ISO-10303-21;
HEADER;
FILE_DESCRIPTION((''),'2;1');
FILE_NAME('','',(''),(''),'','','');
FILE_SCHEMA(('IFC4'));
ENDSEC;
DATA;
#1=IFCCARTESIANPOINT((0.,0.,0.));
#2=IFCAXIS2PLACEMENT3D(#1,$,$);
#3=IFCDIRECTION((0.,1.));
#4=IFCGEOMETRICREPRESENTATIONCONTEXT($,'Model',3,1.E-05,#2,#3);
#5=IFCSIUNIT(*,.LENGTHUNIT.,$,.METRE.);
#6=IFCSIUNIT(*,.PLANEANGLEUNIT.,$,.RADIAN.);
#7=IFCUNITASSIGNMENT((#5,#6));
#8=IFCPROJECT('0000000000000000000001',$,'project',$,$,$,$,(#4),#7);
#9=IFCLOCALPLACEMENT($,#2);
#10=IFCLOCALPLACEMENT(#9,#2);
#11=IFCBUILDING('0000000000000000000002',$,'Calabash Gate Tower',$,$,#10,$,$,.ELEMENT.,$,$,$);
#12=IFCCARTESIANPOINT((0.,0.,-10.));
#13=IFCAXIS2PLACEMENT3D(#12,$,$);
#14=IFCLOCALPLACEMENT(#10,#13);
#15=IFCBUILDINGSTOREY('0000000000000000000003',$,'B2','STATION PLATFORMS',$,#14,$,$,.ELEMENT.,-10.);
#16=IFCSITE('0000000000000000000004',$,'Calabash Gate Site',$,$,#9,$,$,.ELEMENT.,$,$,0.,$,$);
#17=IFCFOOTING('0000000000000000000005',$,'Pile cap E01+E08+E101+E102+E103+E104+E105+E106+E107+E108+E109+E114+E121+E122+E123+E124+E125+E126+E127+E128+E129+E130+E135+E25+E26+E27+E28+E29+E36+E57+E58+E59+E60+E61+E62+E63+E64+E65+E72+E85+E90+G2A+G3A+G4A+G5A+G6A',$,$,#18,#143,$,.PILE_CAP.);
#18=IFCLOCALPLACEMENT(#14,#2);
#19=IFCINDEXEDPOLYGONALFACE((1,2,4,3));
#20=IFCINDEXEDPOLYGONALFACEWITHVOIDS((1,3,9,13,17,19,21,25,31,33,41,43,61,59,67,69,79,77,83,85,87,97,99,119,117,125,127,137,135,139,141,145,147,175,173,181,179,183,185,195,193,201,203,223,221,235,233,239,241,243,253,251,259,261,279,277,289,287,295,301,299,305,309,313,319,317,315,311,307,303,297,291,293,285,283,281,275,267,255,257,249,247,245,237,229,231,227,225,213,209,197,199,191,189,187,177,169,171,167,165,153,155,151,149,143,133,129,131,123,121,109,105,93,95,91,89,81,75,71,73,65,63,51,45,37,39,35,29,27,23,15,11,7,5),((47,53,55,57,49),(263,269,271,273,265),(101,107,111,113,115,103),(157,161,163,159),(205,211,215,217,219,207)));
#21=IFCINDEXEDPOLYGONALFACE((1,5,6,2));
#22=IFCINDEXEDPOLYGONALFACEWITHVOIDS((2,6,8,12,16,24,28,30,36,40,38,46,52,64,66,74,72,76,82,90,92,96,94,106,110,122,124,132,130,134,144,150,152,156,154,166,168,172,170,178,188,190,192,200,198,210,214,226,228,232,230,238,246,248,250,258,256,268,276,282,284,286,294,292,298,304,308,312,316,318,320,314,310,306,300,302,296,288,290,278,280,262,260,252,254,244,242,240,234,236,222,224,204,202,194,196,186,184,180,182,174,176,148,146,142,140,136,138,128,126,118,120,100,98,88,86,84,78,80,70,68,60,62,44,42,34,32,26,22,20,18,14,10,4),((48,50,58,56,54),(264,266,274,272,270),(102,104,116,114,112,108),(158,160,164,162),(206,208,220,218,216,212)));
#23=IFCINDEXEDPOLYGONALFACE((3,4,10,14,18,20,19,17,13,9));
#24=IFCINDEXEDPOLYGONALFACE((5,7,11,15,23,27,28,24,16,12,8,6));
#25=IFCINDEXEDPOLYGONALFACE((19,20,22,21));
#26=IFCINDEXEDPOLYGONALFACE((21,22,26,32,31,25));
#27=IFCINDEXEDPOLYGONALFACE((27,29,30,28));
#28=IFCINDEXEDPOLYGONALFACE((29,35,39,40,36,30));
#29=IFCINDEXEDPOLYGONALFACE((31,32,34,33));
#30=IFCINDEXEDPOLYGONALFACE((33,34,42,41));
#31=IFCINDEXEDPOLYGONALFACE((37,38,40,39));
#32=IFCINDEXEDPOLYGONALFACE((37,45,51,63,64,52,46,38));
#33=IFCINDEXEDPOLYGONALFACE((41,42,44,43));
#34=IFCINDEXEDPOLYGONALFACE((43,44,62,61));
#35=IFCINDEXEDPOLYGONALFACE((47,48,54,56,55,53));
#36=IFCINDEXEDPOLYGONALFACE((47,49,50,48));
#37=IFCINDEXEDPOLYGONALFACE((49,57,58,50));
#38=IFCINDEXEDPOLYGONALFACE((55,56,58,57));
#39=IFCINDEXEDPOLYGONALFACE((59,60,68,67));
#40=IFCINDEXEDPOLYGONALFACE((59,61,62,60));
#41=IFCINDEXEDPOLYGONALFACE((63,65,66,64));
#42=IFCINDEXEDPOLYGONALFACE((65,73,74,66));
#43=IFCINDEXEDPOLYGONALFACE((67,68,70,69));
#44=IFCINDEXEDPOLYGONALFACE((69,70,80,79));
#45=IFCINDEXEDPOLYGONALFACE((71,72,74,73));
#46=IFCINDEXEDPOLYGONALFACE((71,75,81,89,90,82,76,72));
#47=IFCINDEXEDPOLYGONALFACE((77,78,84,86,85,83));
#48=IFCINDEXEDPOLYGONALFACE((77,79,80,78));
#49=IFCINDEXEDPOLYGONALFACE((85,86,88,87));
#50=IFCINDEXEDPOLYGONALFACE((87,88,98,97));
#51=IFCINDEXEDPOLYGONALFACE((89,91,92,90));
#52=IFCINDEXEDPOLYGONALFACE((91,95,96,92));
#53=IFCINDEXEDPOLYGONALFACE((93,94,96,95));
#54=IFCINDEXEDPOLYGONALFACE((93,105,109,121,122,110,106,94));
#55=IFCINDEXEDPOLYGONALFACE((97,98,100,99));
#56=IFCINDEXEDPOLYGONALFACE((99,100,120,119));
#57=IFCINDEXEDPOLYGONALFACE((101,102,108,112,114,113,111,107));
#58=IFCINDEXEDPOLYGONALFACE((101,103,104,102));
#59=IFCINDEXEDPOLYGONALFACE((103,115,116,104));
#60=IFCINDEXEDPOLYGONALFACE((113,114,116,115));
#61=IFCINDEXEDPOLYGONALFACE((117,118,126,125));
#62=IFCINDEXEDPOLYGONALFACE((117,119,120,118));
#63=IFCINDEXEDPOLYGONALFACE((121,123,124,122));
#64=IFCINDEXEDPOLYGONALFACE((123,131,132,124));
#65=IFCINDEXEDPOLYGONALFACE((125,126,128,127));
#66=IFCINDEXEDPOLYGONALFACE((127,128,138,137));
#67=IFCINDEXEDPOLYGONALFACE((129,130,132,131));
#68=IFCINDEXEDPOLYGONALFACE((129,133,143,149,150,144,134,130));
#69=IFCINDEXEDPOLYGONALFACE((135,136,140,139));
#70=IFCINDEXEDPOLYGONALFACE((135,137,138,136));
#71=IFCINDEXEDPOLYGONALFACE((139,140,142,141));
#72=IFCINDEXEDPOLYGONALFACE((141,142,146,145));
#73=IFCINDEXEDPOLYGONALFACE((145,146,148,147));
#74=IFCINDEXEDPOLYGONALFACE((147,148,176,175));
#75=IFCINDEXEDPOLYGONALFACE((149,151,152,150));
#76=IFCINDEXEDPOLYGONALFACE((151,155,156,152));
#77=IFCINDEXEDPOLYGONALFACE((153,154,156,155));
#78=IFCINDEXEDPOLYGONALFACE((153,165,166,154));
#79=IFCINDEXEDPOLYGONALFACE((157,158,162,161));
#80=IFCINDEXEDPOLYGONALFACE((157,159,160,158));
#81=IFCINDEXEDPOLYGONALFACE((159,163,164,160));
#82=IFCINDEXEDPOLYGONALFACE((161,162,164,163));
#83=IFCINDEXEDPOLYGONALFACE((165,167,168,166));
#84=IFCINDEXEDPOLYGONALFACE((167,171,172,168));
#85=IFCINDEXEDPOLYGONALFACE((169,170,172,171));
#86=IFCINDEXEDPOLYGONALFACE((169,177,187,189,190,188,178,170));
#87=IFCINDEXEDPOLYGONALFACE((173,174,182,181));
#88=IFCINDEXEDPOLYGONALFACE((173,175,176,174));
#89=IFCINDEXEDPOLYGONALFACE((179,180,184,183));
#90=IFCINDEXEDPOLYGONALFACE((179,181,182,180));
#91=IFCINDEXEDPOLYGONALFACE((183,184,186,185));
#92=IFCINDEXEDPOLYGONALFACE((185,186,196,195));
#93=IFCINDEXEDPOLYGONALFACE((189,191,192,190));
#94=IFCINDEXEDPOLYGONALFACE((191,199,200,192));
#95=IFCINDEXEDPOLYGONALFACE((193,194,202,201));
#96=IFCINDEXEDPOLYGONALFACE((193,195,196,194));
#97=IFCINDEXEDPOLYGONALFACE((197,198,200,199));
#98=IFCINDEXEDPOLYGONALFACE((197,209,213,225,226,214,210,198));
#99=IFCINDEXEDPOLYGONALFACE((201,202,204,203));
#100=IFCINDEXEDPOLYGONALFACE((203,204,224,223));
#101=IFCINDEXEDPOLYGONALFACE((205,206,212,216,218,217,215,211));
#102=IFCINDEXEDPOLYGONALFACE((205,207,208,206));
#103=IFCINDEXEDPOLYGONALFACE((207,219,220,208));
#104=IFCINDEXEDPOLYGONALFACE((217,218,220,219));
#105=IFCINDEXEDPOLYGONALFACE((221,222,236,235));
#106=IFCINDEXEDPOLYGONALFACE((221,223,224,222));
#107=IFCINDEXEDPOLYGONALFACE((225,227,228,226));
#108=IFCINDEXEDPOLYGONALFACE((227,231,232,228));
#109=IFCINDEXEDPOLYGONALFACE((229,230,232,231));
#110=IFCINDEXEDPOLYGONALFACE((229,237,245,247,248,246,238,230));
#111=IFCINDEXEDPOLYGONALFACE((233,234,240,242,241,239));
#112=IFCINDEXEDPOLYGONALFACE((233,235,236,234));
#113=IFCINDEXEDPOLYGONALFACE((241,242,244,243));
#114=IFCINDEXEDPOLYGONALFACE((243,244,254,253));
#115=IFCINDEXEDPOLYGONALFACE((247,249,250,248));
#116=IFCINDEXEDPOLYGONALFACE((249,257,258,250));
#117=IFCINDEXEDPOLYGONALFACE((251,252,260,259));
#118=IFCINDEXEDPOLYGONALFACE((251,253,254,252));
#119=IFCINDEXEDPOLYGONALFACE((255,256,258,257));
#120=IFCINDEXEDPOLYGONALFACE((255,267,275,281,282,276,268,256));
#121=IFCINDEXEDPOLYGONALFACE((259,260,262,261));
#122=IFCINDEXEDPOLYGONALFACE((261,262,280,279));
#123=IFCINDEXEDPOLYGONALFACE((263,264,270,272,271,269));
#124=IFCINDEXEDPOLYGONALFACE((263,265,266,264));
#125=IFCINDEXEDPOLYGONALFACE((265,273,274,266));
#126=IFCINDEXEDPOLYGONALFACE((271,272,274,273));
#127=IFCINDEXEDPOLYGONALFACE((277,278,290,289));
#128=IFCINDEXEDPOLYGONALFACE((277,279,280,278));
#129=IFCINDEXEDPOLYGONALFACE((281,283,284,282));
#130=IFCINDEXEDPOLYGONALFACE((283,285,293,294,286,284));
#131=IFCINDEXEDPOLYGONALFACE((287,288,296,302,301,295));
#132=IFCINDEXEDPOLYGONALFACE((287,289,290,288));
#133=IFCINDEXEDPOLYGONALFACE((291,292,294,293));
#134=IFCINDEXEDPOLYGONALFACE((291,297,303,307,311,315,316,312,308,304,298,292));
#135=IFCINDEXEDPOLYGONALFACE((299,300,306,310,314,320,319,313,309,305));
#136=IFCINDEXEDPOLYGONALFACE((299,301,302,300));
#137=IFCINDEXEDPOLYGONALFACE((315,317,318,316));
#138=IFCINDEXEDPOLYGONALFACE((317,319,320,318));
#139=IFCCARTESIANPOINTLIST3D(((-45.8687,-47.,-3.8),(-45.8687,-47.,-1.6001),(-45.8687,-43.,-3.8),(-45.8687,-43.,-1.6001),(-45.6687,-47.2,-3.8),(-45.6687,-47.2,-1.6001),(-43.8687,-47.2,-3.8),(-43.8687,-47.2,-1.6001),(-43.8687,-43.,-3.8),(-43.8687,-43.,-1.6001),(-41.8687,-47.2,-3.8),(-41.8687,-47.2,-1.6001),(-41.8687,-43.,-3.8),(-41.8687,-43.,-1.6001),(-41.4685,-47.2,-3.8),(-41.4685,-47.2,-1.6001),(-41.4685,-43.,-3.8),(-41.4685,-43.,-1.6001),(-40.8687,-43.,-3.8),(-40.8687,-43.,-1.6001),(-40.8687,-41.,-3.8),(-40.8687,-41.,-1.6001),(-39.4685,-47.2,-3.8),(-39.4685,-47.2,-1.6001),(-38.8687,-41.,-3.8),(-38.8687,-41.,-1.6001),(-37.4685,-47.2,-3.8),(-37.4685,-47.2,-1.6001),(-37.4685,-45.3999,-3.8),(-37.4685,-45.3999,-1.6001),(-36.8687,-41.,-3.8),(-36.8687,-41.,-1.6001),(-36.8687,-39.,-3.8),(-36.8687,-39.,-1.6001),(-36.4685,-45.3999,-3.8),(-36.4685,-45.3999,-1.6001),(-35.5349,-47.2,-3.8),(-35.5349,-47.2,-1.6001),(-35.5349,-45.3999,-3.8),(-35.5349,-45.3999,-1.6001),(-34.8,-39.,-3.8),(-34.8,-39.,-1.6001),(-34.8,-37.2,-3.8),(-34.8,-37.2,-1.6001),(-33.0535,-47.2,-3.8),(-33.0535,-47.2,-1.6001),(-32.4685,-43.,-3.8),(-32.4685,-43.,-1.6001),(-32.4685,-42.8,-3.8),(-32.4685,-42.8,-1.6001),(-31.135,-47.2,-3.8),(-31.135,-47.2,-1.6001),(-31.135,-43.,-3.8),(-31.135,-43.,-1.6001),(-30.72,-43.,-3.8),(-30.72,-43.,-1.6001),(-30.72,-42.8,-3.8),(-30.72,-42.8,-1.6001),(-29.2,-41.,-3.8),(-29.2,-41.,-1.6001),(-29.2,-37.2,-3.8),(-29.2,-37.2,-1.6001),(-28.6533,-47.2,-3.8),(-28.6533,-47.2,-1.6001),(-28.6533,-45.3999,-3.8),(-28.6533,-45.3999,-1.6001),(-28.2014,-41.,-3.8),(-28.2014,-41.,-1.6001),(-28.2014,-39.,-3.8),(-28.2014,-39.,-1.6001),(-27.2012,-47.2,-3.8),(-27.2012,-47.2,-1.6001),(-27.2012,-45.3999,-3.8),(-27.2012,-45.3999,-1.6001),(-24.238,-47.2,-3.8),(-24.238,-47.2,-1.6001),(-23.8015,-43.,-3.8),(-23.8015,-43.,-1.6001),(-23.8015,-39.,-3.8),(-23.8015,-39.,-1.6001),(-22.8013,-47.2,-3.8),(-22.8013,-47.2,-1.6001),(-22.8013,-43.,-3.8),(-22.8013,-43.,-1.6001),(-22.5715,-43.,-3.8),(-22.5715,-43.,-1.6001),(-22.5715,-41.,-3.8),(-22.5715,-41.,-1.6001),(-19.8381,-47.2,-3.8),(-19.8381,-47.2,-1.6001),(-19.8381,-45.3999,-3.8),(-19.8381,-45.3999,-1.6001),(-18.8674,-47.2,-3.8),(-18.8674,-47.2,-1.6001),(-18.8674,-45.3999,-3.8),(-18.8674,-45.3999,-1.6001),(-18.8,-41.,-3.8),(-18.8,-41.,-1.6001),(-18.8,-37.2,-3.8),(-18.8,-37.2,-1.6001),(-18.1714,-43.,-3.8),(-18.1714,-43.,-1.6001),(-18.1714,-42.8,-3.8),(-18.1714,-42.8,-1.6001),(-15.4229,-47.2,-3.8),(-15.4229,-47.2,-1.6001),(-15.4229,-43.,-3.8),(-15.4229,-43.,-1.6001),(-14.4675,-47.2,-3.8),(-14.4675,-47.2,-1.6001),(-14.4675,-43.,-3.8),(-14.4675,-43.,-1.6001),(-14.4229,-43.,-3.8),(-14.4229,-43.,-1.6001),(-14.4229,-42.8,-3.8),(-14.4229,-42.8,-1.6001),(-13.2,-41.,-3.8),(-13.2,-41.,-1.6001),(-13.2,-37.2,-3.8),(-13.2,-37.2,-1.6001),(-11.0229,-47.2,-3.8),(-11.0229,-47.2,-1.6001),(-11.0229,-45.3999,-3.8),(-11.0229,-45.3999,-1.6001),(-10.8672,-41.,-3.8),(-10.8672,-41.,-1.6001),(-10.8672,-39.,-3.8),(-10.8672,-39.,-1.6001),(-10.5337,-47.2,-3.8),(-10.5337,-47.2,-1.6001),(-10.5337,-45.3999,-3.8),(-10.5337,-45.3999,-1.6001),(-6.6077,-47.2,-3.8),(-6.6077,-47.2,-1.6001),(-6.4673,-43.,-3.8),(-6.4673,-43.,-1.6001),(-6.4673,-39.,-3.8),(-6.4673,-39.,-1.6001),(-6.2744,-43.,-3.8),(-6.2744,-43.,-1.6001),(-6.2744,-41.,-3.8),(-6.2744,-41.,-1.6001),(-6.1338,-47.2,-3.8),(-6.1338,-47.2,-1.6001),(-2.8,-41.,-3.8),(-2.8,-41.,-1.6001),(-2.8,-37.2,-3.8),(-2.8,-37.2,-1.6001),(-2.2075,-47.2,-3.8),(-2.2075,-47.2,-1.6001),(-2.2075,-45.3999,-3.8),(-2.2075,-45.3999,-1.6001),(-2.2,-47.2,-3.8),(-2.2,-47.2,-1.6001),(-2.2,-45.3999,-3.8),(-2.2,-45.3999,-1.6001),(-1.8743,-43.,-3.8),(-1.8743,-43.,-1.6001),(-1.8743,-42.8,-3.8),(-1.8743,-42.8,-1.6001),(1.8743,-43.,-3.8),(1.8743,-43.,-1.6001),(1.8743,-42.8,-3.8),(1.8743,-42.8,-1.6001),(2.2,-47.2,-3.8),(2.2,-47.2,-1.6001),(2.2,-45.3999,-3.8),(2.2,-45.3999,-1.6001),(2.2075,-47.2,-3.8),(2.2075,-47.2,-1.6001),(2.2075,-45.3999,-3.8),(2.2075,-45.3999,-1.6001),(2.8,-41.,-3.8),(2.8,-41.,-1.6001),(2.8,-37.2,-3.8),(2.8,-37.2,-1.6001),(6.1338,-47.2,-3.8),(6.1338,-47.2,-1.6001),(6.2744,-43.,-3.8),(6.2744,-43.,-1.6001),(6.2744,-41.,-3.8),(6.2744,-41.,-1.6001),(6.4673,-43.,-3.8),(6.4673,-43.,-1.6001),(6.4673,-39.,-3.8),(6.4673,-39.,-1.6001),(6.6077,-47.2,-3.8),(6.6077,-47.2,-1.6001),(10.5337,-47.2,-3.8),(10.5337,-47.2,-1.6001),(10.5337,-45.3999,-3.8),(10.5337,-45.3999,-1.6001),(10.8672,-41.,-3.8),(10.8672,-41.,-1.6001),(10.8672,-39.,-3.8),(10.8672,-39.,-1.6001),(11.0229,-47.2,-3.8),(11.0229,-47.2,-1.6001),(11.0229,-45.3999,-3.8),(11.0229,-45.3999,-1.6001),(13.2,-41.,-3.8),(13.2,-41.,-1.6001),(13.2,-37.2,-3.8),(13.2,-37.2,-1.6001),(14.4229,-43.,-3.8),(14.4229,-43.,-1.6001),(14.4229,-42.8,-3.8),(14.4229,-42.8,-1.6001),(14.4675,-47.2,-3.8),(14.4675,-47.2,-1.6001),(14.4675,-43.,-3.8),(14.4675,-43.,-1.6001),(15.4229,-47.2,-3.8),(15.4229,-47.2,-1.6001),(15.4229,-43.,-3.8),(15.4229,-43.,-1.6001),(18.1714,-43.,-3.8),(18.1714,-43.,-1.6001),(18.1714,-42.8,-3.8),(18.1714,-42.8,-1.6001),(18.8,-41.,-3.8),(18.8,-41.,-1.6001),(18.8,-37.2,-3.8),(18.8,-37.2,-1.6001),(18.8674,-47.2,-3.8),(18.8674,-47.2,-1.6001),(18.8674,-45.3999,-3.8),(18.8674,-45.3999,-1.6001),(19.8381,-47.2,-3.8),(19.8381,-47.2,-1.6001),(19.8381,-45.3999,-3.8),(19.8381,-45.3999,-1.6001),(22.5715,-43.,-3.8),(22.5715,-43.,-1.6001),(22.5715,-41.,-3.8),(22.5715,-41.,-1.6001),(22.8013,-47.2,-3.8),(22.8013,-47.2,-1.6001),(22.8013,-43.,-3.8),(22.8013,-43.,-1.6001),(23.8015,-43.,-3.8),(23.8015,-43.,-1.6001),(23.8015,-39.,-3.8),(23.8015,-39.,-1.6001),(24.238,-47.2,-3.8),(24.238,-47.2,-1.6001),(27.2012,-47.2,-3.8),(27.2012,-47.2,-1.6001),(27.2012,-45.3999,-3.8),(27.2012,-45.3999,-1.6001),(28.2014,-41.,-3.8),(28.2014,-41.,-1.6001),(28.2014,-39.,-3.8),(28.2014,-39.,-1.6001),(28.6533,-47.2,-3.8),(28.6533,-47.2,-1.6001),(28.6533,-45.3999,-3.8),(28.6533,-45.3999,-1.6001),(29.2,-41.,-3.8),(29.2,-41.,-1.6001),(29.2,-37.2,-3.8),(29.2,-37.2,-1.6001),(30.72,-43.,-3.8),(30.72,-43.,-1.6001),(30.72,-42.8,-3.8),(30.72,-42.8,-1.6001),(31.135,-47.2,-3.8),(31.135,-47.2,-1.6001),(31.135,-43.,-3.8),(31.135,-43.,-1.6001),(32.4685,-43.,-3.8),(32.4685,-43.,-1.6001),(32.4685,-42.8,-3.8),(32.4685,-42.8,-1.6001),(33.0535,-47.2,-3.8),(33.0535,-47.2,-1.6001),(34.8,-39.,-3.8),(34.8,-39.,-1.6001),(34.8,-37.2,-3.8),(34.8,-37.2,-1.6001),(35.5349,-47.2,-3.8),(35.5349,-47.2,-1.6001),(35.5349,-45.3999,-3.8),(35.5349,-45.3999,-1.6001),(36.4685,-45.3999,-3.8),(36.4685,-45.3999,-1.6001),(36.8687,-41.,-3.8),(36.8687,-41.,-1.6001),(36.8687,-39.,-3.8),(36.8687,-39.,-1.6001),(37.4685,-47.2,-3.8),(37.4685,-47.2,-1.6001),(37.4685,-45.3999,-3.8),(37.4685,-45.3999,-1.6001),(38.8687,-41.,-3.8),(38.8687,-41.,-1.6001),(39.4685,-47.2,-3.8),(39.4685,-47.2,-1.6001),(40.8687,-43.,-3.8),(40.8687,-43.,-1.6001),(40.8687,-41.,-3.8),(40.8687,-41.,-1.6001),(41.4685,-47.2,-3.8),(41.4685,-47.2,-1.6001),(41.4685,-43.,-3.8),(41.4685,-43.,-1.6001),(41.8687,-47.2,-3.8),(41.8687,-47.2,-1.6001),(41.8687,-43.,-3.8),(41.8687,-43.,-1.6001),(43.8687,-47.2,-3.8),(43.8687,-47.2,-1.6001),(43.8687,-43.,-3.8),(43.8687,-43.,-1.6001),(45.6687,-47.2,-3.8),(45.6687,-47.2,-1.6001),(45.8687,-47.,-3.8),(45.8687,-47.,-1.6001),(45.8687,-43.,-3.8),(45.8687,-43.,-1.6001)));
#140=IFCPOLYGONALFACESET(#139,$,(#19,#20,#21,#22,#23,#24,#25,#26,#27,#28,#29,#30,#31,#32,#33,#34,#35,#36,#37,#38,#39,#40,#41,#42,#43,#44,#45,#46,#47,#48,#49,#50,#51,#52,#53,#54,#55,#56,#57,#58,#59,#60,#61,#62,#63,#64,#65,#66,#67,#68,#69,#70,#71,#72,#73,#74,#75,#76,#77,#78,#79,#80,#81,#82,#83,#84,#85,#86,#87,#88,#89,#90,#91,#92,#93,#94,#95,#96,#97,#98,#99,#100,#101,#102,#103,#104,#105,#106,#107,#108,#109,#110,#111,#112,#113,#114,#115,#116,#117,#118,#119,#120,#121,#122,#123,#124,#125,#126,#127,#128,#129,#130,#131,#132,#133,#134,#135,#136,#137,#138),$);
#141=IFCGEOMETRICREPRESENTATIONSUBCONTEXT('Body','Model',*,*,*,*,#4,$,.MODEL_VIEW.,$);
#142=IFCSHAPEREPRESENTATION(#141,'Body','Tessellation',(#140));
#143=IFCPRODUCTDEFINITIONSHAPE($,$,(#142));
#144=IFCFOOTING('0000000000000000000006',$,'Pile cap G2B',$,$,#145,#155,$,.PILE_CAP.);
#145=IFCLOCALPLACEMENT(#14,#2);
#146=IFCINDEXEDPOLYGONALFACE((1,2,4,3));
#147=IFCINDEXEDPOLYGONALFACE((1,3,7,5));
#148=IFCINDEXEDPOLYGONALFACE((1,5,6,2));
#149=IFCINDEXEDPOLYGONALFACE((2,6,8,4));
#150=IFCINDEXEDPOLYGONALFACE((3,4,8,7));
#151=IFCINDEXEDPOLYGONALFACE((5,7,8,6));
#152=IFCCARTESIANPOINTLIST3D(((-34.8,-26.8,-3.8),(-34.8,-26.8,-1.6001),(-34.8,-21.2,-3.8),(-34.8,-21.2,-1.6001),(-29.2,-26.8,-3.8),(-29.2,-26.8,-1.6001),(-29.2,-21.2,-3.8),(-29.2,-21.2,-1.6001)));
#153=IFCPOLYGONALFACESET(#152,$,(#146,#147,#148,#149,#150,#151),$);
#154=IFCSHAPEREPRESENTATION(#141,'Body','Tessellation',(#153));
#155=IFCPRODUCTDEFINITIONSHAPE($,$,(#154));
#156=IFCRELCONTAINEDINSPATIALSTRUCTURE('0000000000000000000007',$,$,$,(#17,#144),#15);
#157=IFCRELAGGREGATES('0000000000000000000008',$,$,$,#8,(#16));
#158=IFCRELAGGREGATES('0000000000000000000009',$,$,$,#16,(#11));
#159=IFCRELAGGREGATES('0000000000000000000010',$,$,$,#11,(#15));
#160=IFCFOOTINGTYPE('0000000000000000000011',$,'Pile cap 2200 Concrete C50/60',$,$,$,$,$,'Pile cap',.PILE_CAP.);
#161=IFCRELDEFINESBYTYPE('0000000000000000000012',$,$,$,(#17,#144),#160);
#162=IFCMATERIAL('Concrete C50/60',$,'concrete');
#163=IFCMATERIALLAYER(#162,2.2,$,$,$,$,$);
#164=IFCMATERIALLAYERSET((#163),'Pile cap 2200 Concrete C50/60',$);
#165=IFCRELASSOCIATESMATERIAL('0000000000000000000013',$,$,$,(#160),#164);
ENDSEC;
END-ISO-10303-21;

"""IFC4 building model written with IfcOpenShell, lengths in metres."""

from ifc_helpers import new_model, si_unit, direction, frame, origin, place, context, subcontext, project, spatial, polyline, outline, extrude, material, layer, layer_set, type_object, element, save


model = new_model("IFC4")

# Units and contexts
model_context = context("Model", 3, precision=1e-05, world=origin(), true_north=direction((0.0, 1.0)))
body_context = subcontext(model_context, "Body", "Model", "MODEL_VIEW")
ifc_project = project(units=[si_unit("LENGTHUNIT", "METRE"), si_unit("PLANEANGLEUNIT", "RADIAN")], contexts=[model_context])

# Site, building, storey
site_placement = place(None, origin())
site = spatial("IfcSite", under=ifc_project, at=site_placement, Name="Calabash Gate Site", CompositionType="ELEMENT", RefElevation=0.0)
building_placement = place(site_placement, origin())
building = spatial("IfcBuilding", under=site, at=building_placement, Name="Calabash Gate Tower", CompositionType="ELEMENT")
storey_placement = place(building_placement, frame((0.0, 0.0, -10.0)))
storey = spatial("IfcBuildingStorey", under=building, at=storey_placement, Name="B2", Description="STATION PLATFORMS", CompositionType="ELEMENT", Elevation=-10.0)

# Footings
ifc_material_1 = material(Name="Concrete C50/60", Category="concrete")
ifc_layer_1 = layer(ifc_material_1, 2.2)
ifc_layer_set_1 = layer_set([ifc_layer_1], Name="Pile cap 2200 Concrete C50/60")
footing_type_1 = type_object("IfcFootingType", Name="Pile cap 2200 Concrete C50/60", ElementType="Pile cap", PredefinedType="PILE_CAP", material=ifc_layer_set_1)
footing_1_placement = place(storey_placement, frame((0.0, 0.0, -3.8)))
element("IfcFooting", 1, at=footing_1_placement, inside=storey, type_object=footing_type_1, Name="Pile cap E01+E08+E101+E102+E103+E104+E105+E106+E107+E108+E109+E114+E121+E122+E123+E124+E125+E126+E127+E128+E129+E130+E135+E25+E26+E27+E28+E29+E36+E57+E58+E59+E60+E61+E62+E63+E64+E65+E72+E85+E90+G2A+G3A+G4A+G5A+G6A", PredefinedType="PILE_CAP", context=body_context, shape_type="SweptSolid", body=[
    extrude(outline(polyline([(-43.8687, -47.2), (-45.6687, -47.2), (-45.8687, -47.0), (-45.8687, -43.0), (-43.8687, -43.0), (-41.8687, -43.0), (-41.4685, -43.0), (-40.8687, -43.0), (-40.8687, -41.0), (-38.8687, -41.0), (-36.8687, -41.0), (-36.8687, -39.0), (-34.8, -39.0), (-34.8, -37.2), (-29.2, -37.2), (-29.2, -41.0), (-28.2014, -41.0), (-28.2014, -39.0), (-23.8015, -39.0), (-23.8015, -43.0), (-22.8013, -43.0), (-22.5715, -43.0), (-22.5715, -41.0), (-18.8, -41.0), (-18.8, -37.2), (-13.2, -37.2), (-13.2, -41.0), (-10.8672, -41.0), (-10.8672, -39.0), (-6.4673, -39.0), (-6.4673, -43.0), (-6.2744, -43.0), (-6.2744, -41.0), (-2.8, -41.0), (-2.8, -37.2), (2.8, -37.2), (2.8, -41.0), (6.2744, -41.0), (6.2744, -43.0), (6.4673, -43.0), (6.4673, -39.0), (10.8672, -39.0), (10.8672, -41.0), (13.2, -41.0), (13.2, -37.2), (18.8, -37.2), (18.8, -41.0), (22.5715, -41.0), (22.5715, -43.0), (22.8013, -43.0), (23.8015, -43.0), (23.8015, -39.0), (28.2014, -39.0), (28.2014, -41.0), (29.2, -41.0), (29.2, -37.2), (34.8, -37.2), (34.8, -39.0), (36.8687, -39.0), (36.8687, -41.0), (38.8687, -41.0), (40.8687, -41.0), (40.8687, -43.0), (41.4685, -43.0), (41.8687, -43.0), (43.8687, -43.0), (45.8687, -43.0), (45.8687, -47.0), (45.6687, -47.2), (43.8687, -47.2), (41.8687, -47.2), (41.4685, -47.2), (39.4685, -47.2), (37.4685, -47.2), (37.4685, -45.3999), (36.4685, -45.3999), (35.5349, -45.3999), (35.5349, -47.2), (33.0535, -47.2), (31.135, -47.2), (28.6533, -47.2), (28.6533, -45.3999), (27.2012, -45.3999), (27.2012, -47.2), (24.238, -47.2), (22.8013, -47.2), (19.8381, -47.2), (19.8381, -45.3999), (18.8674, -45.3999), (18.8674, -47.2), (15.4229, -47.2), (14.4675, -47.2), (11.0229, -47.2), (11.0229, -45.3999), (10.5337, -45.3999), (10.5337, -47.2), (6.6077, -47.2), (6.1338, -47.2), (2.2075, -47.2), (2.2075, -45.3999), (2.2, -45.3999), (2.2, -47.2), (-2.2, -47.2), (-2.2, -45.3999), (-2.2075, -45.3999), (-2.2075, -47.2), (-6.1338, -47.2), (-6.6077, -47.2), (-10.5337, -47.2), (-10.5337, -45.3999), (-11.0229, -45.3999), (-11.0229, -47.2), (-14.4675, -47.2), (-15.4229, -47.2), (-18.8674, -47.2), (-18.8674, -45.3999), (-19.8381, -45.3999), (-19.8381, -47.2), (-22.8013, -47.2), (-24.238, -47.2), (-27.2012, -47.2), (-27.2012, -45.3999), (-28.6533, -45.3999), (-28.6533, -47.2), (-31.135, -47.2), (-33.0535, -47.2), (-35.5349, -47.2), (-35.5349, -45.3999), (-36.4685, -45.3999), (-37.4685, -45.3999), (-37.4685, -47.2), (-39.4685, -47.2), (-41.4685, -47.2), (-41.8687, -47.2), (-43.8687, -47.2)]), holes=[polyline([(32.4685, -43.0), (32.4685, -42.8), (30.72, -42.8), (30.72, -43.0), (31.135, -43.0), (32.4685, -43.0)]), polyline([(15.4229, -43.0), (18.1714, -43.0), (18.1714, -42.8), (14.4229, -42.8), (14.4229, -43.0), (14.4675, -43.0), (15.4229, -43.0)]), polyline([(-1.8743, -42.8), (-1.8743, -43.0), (1.8743, -43.0), (1.8743, -42.8), (-1.8743, -42.8)]), polyline([(-14.4675, -43.0), (-14.4229, -43.0), (-14.4229, -42.8), (-18.1714, -42.8), (-18.1714, -43.0), (-15.4229, -43.0), (-14.4675, -43.0)]), polyline([(-30.72, -42.8), (-32.4685, -42.8), (-32.4685, -43.0), (-31.135, -43.0), (-30.72, -43.0), (-30.72, -42.8)])]), origin(), (0.0, 0.0, 1.0), 2.2),
])
footing_2_placement = place(storey_placement, frame((0.0, 0.0, -3.8)))
element("IfcFooting", 2, at=footing_2_placement, inside=storey, type_object=footing_type_1, Name="Pile cap G2B", PredefinedType="PILE_CAP", context=body_context, shape_type="SweptSolid", body=[
    extrude(outline(polyline([(-29.2, -26.8), (-34.8, -26.8), (-34.8, -21.2), (-29.2, -21.2), (-29.2, -26.8)])), origin(), (0.0, 0.0, 1.0), 2.2),
])

save(model, "model.ifc")
